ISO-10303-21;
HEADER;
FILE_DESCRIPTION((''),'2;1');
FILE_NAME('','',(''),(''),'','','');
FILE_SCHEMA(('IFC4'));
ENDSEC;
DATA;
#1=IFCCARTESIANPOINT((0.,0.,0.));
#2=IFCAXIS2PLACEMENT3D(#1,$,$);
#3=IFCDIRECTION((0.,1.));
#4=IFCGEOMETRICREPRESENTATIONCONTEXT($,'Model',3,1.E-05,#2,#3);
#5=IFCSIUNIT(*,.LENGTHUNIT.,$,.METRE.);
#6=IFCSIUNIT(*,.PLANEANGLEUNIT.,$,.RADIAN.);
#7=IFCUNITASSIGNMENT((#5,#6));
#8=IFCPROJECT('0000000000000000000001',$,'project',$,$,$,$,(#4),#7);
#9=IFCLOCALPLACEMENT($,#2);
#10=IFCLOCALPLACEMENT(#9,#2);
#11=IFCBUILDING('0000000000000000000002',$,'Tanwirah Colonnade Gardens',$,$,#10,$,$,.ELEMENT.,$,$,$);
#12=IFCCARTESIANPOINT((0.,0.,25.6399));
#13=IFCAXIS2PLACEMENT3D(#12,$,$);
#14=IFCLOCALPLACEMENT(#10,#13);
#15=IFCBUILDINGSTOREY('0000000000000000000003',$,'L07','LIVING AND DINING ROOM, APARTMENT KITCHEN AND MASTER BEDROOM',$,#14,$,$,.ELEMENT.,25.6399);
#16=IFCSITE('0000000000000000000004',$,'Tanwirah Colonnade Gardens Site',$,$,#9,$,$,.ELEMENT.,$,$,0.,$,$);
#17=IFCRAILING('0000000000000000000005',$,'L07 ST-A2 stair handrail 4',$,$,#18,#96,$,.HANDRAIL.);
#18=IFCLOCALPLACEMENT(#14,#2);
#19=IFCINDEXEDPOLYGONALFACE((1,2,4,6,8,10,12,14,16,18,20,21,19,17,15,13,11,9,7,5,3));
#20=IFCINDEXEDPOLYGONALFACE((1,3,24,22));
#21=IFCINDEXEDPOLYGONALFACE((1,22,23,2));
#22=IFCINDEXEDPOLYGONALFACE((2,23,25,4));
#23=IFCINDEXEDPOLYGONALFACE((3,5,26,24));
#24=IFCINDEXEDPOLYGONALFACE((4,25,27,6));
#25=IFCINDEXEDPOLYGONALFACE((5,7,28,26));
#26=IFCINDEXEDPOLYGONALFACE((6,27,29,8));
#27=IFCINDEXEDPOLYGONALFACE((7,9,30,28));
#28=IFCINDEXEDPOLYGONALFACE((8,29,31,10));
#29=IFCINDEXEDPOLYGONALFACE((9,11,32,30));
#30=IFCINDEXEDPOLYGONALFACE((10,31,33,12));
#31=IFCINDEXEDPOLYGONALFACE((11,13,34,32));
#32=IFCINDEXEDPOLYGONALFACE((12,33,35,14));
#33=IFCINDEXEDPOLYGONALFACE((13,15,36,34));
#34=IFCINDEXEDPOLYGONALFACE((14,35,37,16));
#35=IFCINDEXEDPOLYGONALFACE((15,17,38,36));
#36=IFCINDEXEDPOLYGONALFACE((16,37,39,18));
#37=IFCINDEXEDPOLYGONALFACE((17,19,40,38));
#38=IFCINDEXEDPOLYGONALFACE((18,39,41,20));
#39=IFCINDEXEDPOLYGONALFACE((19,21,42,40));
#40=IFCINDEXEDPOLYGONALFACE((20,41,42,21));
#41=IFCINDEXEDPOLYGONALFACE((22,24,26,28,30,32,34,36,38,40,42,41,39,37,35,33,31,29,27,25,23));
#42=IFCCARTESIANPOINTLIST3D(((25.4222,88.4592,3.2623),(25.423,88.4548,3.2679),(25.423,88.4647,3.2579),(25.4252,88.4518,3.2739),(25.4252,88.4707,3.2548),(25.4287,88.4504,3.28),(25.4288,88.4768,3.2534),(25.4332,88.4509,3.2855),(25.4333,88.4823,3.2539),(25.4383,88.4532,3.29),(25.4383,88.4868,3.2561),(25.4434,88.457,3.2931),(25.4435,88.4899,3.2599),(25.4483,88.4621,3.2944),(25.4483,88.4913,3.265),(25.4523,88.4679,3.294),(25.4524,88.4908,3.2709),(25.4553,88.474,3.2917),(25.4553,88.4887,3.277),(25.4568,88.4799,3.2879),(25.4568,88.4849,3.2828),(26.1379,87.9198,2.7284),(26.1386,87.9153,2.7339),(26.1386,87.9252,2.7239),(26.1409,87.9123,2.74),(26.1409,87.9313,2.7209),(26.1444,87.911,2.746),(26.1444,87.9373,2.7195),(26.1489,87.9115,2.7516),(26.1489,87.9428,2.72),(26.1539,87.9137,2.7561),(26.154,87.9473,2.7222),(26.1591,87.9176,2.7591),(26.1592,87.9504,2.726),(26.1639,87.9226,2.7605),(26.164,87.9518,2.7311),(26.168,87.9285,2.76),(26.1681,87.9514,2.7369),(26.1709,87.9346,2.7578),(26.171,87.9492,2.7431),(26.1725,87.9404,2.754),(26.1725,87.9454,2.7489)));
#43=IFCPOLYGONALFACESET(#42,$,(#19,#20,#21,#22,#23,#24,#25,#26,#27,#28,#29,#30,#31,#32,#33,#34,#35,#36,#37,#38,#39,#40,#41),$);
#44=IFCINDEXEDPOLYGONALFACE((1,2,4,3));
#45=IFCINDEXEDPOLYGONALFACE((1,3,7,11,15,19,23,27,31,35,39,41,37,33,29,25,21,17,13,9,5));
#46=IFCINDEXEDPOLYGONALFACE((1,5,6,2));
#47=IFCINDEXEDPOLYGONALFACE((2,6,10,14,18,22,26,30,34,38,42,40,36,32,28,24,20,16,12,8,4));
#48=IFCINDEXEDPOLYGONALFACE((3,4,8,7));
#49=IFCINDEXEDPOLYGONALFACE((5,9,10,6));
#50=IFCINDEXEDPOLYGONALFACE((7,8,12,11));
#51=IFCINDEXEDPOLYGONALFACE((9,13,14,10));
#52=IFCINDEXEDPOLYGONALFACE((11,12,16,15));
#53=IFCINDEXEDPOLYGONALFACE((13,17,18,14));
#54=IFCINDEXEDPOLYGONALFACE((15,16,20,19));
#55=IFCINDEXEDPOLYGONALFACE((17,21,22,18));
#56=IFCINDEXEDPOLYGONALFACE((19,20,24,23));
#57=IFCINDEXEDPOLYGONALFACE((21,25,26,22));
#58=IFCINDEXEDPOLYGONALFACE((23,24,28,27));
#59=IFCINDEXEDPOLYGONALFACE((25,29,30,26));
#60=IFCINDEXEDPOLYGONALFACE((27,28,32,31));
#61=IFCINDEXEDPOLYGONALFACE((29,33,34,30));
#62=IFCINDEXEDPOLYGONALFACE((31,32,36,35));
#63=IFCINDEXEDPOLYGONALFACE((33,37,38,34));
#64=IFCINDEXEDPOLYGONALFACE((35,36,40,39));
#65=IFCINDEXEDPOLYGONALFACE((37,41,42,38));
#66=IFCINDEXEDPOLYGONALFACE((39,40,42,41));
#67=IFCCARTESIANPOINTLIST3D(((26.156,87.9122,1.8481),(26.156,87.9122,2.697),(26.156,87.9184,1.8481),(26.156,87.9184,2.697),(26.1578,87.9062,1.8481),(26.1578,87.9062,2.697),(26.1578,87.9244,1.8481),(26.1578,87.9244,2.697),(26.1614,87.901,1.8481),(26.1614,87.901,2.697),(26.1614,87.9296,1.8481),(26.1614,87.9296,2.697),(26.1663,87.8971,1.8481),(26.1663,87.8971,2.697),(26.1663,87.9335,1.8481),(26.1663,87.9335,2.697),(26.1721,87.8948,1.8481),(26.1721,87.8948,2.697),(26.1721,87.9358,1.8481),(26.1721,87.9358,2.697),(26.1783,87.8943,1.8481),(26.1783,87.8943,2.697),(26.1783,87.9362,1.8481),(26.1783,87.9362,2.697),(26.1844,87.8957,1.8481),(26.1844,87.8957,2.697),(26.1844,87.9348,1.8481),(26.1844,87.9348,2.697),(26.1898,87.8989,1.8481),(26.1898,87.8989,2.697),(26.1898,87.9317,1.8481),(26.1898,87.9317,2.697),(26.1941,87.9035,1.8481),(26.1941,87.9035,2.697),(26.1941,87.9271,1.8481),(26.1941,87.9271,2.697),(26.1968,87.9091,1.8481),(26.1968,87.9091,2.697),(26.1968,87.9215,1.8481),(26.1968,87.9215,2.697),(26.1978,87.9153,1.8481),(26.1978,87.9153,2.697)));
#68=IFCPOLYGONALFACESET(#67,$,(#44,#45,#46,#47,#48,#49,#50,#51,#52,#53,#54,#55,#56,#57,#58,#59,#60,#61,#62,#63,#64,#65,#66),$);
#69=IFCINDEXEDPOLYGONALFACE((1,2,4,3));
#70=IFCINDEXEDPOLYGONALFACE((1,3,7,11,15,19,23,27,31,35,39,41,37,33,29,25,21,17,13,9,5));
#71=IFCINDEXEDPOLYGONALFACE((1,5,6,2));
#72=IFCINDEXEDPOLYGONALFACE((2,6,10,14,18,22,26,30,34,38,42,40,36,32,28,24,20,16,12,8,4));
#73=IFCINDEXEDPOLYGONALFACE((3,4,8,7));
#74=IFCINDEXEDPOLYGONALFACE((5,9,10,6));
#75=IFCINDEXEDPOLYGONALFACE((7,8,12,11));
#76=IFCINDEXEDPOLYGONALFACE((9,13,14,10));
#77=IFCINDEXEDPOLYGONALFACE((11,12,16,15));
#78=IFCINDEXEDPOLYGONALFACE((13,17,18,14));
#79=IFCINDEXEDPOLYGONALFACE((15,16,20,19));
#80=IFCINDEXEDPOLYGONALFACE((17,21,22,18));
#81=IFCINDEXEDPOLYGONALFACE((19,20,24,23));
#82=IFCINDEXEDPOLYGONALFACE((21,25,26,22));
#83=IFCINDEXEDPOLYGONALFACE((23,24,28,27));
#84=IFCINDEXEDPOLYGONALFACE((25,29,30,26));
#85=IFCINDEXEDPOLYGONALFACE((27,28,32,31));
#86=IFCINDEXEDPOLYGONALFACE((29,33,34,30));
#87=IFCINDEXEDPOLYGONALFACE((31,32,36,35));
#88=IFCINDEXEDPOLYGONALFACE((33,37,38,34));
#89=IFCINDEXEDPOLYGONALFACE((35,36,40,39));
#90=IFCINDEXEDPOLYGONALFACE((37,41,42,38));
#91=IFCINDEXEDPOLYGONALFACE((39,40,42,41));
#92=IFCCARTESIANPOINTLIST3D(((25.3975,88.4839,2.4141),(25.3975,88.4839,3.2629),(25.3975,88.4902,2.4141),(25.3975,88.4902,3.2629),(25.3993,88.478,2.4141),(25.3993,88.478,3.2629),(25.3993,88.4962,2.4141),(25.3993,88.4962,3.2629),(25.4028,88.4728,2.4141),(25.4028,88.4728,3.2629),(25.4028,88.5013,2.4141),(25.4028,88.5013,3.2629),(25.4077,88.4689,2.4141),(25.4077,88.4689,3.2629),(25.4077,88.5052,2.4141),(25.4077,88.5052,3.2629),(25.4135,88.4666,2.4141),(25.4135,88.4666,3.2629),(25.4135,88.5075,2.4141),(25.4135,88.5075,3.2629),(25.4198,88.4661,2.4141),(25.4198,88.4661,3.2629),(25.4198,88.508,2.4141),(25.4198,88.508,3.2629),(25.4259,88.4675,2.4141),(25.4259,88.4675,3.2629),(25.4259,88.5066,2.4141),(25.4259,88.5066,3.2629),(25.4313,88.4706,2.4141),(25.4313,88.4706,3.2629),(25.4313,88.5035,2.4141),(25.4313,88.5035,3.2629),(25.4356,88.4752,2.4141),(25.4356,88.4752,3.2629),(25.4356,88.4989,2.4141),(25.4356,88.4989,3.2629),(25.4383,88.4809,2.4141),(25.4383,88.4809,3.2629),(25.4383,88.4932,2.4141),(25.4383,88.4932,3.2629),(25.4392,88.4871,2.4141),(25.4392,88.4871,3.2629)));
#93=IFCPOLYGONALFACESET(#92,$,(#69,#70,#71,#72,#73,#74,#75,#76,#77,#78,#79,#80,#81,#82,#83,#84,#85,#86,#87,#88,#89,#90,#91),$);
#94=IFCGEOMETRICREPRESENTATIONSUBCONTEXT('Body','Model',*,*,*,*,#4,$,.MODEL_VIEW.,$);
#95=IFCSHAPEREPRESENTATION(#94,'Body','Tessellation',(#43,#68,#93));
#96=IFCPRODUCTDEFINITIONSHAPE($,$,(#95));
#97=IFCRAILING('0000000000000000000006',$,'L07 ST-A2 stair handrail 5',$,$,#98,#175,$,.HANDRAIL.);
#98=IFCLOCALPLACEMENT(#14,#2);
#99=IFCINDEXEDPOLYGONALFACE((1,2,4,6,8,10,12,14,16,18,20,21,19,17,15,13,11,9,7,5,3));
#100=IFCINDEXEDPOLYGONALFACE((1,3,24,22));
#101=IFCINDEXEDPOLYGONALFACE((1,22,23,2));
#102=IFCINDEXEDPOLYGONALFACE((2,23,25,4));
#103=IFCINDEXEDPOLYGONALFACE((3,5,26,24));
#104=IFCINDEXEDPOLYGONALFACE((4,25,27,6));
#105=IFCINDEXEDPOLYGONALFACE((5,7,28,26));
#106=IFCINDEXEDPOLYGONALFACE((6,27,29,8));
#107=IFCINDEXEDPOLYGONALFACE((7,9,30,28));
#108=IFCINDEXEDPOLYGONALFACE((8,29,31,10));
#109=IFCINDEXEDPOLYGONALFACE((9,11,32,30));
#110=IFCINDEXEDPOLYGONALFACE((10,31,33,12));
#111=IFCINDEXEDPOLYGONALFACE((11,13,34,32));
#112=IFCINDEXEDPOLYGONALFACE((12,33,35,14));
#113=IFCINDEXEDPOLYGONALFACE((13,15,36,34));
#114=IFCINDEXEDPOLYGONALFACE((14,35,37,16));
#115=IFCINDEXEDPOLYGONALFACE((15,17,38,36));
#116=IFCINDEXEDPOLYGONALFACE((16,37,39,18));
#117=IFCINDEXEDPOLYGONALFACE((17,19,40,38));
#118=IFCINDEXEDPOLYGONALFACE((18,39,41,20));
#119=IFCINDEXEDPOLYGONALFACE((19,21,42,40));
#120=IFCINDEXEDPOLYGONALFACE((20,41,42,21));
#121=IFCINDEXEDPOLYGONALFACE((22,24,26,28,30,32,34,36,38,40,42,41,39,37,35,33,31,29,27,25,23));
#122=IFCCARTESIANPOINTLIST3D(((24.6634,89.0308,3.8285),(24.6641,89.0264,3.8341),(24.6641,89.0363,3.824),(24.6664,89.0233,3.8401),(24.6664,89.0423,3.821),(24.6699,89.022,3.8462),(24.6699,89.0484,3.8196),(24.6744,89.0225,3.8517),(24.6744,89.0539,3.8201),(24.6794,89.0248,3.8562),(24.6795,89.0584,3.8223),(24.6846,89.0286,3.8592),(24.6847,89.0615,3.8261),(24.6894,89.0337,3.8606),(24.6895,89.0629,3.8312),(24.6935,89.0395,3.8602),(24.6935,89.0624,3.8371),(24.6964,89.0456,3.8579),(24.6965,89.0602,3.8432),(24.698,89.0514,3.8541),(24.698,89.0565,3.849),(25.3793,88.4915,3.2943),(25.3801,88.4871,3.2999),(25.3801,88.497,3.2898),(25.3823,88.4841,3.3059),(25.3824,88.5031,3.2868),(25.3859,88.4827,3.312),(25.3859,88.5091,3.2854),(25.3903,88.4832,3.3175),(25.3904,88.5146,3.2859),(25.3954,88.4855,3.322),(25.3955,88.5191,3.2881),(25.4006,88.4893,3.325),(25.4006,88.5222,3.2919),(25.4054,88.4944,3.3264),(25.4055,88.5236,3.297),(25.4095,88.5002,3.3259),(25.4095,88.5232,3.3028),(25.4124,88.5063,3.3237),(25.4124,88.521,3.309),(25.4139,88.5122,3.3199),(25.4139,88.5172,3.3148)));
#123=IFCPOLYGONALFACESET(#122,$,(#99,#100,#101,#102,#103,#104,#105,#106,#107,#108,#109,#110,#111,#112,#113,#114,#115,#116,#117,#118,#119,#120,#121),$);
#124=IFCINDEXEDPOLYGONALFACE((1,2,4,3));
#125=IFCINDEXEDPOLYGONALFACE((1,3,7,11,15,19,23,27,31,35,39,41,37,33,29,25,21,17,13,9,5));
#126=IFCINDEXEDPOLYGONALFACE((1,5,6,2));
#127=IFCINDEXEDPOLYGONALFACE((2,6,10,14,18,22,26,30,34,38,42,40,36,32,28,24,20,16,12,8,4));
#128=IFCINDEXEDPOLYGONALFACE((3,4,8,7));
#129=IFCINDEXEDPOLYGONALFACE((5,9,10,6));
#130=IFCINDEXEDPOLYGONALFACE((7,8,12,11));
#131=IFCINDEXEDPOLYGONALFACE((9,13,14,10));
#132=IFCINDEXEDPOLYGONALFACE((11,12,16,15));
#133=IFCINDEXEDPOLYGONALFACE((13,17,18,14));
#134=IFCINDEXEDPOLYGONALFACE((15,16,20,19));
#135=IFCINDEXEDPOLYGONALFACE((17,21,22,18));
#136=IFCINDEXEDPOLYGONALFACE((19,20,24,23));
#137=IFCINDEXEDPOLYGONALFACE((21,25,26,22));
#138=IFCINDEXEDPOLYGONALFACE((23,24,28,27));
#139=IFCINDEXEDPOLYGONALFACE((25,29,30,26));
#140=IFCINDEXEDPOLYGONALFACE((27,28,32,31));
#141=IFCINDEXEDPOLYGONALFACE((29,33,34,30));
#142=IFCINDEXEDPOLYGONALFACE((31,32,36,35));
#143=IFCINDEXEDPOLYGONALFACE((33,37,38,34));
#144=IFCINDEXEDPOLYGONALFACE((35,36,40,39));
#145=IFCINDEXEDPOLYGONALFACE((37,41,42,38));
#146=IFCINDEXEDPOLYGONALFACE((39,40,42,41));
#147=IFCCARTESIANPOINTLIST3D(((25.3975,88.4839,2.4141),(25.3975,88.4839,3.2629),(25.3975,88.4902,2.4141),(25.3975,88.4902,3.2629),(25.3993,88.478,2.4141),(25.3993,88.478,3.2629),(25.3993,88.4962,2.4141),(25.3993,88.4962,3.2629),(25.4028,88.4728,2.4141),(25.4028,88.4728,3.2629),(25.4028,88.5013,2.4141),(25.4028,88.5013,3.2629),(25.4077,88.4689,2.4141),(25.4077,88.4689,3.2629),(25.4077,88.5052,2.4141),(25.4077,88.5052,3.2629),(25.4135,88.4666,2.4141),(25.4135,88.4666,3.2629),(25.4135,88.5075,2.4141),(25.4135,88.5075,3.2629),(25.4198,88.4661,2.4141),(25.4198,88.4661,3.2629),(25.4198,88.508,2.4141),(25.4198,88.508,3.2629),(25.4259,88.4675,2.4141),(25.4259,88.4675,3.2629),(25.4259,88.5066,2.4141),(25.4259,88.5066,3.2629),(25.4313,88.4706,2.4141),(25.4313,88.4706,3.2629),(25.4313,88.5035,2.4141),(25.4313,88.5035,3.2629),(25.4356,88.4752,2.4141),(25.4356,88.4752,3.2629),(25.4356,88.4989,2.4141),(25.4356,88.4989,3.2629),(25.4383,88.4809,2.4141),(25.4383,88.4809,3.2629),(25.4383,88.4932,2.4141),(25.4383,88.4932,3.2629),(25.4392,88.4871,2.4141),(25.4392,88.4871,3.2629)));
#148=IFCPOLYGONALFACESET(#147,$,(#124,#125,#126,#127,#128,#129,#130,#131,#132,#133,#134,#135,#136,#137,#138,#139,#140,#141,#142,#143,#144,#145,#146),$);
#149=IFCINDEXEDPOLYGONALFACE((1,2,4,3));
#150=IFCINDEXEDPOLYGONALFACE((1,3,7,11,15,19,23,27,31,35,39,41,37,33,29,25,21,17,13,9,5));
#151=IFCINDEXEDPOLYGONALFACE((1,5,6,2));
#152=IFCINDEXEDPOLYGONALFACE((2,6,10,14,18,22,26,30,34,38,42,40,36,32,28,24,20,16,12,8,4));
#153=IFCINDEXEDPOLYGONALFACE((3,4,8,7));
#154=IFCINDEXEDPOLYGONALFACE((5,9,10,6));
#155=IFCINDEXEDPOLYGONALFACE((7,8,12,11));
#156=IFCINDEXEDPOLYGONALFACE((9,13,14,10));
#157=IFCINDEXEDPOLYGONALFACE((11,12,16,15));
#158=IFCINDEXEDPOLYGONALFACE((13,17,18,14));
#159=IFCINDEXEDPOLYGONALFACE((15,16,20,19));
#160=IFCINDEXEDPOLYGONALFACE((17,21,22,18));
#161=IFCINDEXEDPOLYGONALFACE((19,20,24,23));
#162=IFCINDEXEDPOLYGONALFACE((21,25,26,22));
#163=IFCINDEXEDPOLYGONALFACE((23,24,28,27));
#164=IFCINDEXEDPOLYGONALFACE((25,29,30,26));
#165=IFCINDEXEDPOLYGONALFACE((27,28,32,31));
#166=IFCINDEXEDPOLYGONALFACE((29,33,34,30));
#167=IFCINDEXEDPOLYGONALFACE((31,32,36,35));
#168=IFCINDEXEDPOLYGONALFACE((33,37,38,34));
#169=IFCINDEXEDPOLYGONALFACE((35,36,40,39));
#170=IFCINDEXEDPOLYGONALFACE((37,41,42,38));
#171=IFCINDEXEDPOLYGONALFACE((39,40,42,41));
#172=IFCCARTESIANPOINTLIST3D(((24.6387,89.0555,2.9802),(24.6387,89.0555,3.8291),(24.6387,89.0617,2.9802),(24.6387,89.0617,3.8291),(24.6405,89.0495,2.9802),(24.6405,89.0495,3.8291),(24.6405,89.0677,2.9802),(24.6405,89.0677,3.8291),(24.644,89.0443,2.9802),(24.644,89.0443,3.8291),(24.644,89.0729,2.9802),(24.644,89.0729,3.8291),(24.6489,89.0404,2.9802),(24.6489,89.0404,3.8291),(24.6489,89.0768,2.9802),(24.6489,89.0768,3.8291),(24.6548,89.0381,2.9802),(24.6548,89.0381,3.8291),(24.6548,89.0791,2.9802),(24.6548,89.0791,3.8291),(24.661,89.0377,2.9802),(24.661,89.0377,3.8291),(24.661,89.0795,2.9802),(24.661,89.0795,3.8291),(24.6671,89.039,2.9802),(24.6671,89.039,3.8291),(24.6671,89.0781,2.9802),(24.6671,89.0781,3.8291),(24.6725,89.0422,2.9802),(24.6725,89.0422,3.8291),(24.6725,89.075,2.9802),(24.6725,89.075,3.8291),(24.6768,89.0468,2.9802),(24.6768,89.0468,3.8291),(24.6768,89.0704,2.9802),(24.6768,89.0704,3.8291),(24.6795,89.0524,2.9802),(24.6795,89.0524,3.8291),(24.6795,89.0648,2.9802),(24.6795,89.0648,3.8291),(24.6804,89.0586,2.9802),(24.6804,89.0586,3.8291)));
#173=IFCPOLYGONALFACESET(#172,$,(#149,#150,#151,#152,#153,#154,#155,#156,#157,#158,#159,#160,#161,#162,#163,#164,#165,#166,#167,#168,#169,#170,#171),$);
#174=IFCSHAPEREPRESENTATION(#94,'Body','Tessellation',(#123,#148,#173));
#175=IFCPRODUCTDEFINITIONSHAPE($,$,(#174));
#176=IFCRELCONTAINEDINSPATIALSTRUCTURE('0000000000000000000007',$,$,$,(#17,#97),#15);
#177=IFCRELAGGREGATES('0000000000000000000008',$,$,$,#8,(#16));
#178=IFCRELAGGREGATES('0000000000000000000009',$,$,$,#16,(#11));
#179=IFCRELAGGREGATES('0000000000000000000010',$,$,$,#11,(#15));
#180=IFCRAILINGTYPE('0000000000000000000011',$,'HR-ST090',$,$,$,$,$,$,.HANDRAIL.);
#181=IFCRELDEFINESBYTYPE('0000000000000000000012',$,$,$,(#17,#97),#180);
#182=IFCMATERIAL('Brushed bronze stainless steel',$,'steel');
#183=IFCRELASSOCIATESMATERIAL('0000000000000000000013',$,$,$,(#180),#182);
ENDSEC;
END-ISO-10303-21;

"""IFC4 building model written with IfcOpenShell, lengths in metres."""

from ifc_helpers import new_model, si_unit, direction, frame, origin, origin_2d, place, context, subcontext, project, spatial, circle, extrude, material, type_object, element, save


model = new_model("IFC4")

# Units and contexts
model_context = context("Model", 3, precision=1e-05, world=origin(), true_north=direction((0.0, 1.0)))
body_context = subcontext(model_context, "Body", "Model", "MODEL_VIEW")
ifc_project = project(units=[si_unit("LENGTHUNIT", "METRE"), si_unit("PLANEANGLEUNIT", "RADIAN")], contexts=[model_context])

# Site, building, storey
site_placement = place(None, origin())
site = spatial("IfcSite", under=ifc_project, at=site_placement, Name="Tanwirah Colonnade Gardens Site", CompositionType="ELEMENT", RefElevation=0.0)
building_placement = place(site_placement, origin())
building = spatial("IfcBuilding", under=site, at=building_placement, Name="Tanwirah Colonnade Gardens", CompositionType="ELEMENT")
storey_placement = place(building_placement, frame((0.0, 0.0, 25.6399)))
storey = spatial("IfcBuildingStorey", under=building, at=storey_placement, Name="L07", Description="LIVING AND DINING ROOM, APARTMENT KITCHEN AND MASTER BEDROOM", CompositionType="ELEMENT", Elevation=25.6399)

# Railings
ifc_material_1 = material(Name="Brushed bronze stainless steel", Category="steel")
railing_type_1 = type_object("IfcRailingType", Name="HR-ST090", PredefinedType="HANDRAIL", material=ifc_material_1)
railing_1_placement = place(storey_placement, frame((26.1768, 87.9153, 1.8481)))
element("IfcRailing", 1, at=railing_1_placement, inside=storey, type_object=railing_type_1, Name="L07 ST-A2 stair handrail 4", PredefinedType="HANDRAIL", context=body_context, shape_type="SweptSolid", body=[
    extrude(circle(Radius=0.0239, at=origin_2d()), frame((-0.0215, 0.0161, 0.8918), z_axis=(-0.686028, 0.517116, 0.511817), x_axis=(-0.601931, -0.798548, 0.0)), (0.0, 0.0, 1.0), 1.0432),
    extrude(circle(Radius=0.021, at=origin_2d()), origin(), (0.0, 0.0, 1.0), 0.8489),
    extrude(circle(Radius=0.021, at=origin_2d()), frame((-0.7585, 0.5718, 0.5659)), (0.0, 0.0, 1.0), 0.8489),
])
railing_2_placement = place(storey_placement, frame((25.4182, 88.4871, 2.4141)))
element("IfcRailing", 2, at=railing_2_placement, inside=storey, type_object=railing_type_1, Name="L07 ST-A2 stair handrail 5", PredefinedType="HANDRAIL", context=body_context, shape_type="SweptSolid", body=[
    extrude(circle(Radius=0.0239, at=origin_2d()), frame((-0.0215, 0.0161, 0.8918), z_axis=(-0.686146, 0.516817, 0.51196), x_axis=(-0.601644, -0.798765, 0.0)), (0.0, 0.0, 1.0), 1.0435),
    extrude(circle(Radius=0.021, at=origin_2d()), origin(), (0.0, 0.0, 1.0), 0.8489),
    extrude(circle(Radius=0.021, at=origin_2d()), frame((-0.7588, 0.5715, 0.5662)), (0.0, 0.0, 1.0), 0.8489),
])

save(model, "model.ifc")
